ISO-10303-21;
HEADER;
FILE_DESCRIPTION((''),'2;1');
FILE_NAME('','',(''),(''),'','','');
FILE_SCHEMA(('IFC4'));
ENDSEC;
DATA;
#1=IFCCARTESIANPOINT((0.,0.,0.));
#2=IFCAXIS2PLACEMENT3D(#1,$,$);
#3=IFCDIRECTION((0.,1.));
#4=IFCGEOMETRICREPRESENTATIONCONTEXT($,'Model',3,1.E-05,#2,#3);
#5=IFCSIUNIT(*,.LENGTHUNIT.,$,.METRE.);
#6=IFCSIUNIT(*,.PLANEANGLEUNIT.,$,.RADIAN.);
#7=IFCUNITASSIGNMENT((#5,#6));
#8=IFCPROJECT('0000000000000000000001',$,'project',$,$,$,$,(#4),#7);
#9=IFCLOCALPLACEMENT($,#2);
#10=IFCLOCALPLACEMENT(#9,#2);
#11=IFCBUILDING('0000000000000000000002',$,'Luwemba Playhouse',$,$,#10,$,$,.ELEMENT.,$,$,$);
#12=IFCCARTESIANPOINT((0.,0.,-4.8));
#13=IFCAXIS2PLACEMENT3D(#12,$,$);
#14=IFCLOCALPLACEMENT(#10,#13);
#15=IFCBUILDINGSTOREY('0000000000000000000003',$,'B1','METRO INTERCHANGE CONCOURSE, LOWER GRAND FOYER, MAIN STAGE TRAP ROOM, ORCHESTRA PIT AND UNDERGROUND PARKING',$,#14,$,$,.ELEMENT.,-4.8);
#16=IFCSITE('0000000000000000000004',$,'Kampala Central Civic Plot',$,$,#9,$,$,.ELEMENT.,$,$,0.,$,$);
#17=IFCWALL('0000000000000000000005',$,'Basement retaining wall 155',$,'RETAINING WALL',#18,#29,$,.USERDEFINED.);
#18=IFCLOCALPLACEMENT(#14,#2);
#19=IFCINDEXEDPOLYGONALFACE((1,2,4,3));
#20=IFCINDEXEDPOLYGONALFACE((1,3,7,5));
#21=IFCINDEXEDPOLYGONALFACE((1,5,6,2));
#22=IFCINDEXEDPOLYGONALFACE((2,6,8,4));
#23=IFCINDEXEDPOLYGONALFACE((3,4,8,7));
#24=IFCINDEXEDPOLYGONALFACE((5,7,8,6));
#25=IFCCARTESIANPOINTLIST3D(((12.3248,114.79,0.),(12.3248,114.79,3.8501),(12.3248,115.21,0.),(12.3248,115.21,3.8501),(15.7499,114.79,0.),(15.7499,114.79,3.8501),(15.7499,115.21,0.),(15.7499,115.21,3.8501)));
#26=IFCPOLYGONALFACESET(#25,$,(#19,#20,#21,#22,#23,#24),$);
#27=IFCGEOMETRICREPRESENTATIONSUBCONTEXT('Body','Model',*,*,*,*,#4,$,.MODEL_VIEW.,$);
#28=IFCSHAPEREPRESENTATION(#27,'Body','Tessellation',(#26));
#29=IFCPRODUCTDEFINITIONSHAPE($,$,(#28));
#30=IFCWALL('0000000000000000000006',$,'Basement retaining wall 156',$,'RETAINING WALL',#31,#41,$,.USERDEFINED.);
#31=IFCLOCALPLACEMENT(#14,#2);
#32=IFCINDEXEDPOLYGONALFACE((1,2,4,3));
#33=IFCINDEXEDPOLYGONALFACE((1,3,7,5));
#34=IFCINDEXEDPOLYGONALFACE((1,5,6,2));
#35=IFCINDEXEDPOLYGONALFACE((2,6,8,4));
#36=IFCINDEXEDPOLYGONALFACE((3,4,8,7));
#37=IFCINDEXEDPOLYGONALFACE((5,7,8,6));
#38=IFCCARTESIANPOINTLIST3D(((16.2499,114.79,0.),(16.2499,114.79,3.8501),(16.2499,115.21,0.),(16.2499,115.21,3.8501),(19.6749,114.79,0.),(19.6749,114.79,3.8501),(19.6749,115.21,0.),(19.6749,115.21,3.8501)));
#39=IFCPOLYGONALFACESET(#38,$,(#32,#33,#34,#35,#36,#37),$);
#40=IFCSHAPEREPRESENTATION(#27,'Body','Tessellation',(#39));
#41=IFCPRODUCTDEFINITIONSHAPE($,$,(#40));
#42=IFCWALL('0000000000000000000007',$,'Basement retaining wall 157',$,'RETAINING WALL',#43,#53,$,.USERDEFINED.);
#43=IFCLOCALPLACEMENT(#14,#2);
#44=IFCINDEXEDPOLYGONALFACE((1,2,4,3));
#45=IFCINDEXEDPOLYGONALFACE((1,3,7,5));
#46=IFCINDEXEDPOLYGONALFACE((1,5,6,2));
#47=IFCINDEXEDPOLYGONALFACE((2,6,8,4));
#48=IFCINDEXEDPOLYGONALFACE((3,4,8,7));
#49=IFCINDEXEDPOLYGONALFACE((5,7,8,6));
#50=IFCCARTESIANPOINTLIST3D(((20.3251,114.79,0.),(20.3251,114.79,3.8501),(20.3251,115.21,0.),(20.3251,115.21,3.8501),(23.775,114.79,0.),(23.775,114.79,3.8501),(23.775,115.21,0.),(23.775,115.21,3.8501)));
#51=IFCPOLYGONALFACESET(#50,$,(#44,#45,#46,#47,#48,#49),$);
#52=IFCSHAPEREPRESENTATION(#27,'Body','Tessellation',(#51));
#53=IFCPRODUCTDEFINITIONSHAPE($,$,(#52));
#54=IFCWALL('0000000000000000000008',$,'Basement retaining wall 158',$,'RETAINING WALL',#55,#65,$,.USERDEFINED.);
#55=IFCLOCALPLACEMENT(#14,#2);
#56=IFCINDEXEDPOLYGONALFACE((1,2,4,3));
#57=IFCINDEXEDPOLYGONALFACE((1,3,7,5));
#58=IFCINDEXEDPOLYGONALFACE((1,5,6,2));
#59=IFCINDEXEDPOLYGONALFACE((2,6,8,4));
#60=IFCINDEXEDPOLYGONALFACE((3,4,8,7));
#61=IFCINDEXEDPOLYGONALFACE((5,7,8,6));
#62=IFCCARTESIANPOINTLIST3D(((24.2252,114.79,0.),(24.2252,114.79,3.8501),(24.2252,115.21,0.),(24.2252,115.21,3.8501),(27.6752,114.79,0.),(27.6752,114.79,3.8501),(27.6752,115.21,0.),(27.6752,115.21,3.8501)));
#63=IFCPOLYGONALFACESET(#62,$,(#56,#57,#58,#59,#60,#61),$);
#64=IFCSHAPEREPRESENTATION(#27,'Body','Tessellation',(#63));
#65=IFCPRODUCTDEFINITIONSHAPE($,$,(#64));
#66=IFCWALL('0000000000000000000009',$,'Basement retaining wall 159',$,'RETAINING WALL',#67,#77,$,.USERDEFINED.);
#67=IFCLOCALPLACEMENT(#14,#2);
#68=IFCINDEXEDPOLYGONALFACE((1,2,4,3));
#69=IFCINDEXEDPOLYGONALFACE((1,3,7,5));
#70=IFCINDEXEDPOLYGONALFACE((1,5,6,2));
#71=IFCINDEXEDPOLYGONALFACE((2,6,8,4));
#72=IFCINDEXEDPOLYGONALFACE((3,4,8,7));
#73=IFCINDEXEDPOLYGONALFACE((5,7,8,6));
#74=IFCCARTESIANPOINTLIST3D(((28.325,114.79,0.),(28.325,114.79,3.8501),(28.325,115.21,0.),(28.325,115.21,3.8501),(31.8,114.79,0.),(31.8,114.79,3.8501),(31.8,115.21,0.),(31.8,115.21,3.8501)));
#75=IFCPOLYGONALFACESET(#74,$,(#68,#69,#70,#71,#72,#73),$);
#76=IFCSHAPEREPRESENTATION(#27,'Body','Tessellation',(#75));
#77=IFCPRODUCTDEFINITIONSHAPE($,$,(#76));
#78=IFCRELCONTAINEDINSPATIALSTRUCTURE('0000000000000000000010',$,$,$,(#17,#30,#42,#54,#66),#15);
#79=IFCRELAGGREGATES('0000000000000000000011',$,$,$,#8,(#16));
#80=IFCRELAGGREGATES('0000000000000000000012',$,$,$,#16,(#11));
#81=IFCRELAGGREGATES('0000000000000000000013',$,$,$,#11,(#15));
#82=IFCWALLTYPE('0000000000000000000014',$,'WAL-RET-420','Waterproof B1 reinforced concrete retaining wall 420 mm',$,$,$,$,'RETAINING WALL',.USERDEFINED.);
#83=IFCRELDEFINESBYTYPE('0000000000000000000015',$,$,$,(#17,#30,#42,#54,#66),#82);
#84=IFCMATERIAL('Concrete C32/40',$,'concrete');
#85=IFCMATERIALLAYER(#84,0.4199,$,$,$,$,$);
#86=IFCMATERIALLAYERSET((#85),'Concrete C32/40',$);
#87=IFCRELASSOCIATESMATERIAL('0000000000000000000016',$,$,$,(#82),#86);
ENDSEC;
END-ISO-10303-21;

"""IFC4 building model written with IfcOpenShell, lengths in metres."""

from ifc_helpers import new_model, si_unit, direction, frame, frame_2d, origin, place, context, subcontext, project, spatial, rectangle, extrude, material, layer, layer_set, type_object, element, save


model = new_model("IFC4")

# Units and contexts
model_context = context("Model", 3, precision=1e-05, world=origin(), true_north=direction((0.0, 1.0)))
body_context = subcontext(model_context, "Body", "Model", "MODEL_VIEW")
ifc_project = project(units=[si_unit("LENGTHUNIT", "METRE"), si_unit("PLANEANGLEUNIT", "RADIAN")], contexts=[model_context])

# Site, building, storey
site_placement = place(None, origin())
site = spatial("IfcSite", under=ifc_project, at=site_placement, Name="Kampala Central Civic Plot", CompositionType="ELEMENT", RefElevation=0.0)
building_placement = place(site_placement, origin())
building = spatial("IfcBuilding", under=site, at=building_placement, Name="Luwemba Playhouse", CompositionType="ELEMENT")
storey_placement = place(building_placement, frame((0.0, 0.0, -4.8)))
storey = spatial("IfcBuildingStorey", under=building, at=storey_placement, Name="B1", Description="METRO INTERCHANGE CONCOURSE, LOWER GRAND FOYER, MAIN STAGE TRAP ROOM, ORCHESTRA PIT AND UNDERGROUND PARKING", CompositionType="ELEMENT", Elevation=-4.8)

# Shared definitions
ifc_material_1 = material(Name="Concrete C32/40", Category="concrete")

# Walls
ifc_layer = layer(ifc_material_1, 0.4199)
ifc_layer_set = layer_set([ifc_layer], Name="Concrete C32/40")
wall_type = type_object("IfcWallType", Name="WAL-RET-420", Description="Waterproof B1 reinforced concrete retaining wall 420 mm", ElementType="RETAINING WALL", PredefinedType="USERDEFINED", material=ifc_layer_set)
for number, where, z_axis, x_axis, name in (
    (1, (12.325, 115.0, 0.0), (0.0, 0.0, 1.0), (1.0, 0.0, 0.0), "Basement retaining wall 155"),
    (2, (16.25, 115.0, 0.0), (0.0, 0.0, 1.0), (1.0, 0.0, 0.0), "Basement retaining wall 156"),
):
    element("IfcWall", number, at=place(storey_placement, frame(where, z_axis=z_axis, x_axis=x_axis)), inside=storey, type_object=wall_type, Name=name, ObjectType="RETAINING WALL", PredefinedType="USERDEFINED", context=body_context, shape_type="SweptSolid", body=[
        extrude(rectangle(XDim=3.425, YDim=0.4199, at=frame_2d((1.7124, 0.0))), origin(), (0.0, 0.0, 1.0), 3.8501),
    ])
for number, where, z_axis, x_axis, name in (
    (3, (20.325, 115.0, 0.0), (0.0, 0.0, 1.0), (1.0, 0.0, 0.0), "Basement retaining wall 157"),
    (4, (24.2251, 115.0, 0.0), (0.0, 0.0, 1.0), (1.0, 0.0, 0.0), "Basement retaining wall 158"),
):
    element("IfcWall", number, at=place(storey_placement, frame(where, z_axis=z_axis, x_axis=x_axis)), inside=storey, type_object=wall_type, Name=name, ObjectType="RETAINING WALL", PredefinedType="USERDEFINED", context=body_context, shape_type="SweptSolid", body=[
        extrude(rectangle(XDim=3.45, YDim=0.4199, at=frame_2d((1.7251, 0.0))), origin(), (0.0, 0.0, 1.0), 3.8501),
    ])
wall_placement = place(storey_placement, frame((28.325, 115.0, 0.0), z_axis=(0.0, 0.0, 1.0), x_axis=(1.0, 0.0, 0.0)))
element("IfcWall", 5, at=wall_placement, inside=storey, type_object=wall_type, Name="Basement retaining wall 159", ObjectType="RETAINING WALL", PredefinedType="USERDEFINED", context=body_context, shape_type="SweptSolid", body=[
    extrude(rectangle(XDim=3.4751, YDim=0.4199, at=frame_2d((1.7375, 0.0))), origin(), (0.0, 0.0, 1.0), 3.8501),
])

save(model, "model.ifc")
